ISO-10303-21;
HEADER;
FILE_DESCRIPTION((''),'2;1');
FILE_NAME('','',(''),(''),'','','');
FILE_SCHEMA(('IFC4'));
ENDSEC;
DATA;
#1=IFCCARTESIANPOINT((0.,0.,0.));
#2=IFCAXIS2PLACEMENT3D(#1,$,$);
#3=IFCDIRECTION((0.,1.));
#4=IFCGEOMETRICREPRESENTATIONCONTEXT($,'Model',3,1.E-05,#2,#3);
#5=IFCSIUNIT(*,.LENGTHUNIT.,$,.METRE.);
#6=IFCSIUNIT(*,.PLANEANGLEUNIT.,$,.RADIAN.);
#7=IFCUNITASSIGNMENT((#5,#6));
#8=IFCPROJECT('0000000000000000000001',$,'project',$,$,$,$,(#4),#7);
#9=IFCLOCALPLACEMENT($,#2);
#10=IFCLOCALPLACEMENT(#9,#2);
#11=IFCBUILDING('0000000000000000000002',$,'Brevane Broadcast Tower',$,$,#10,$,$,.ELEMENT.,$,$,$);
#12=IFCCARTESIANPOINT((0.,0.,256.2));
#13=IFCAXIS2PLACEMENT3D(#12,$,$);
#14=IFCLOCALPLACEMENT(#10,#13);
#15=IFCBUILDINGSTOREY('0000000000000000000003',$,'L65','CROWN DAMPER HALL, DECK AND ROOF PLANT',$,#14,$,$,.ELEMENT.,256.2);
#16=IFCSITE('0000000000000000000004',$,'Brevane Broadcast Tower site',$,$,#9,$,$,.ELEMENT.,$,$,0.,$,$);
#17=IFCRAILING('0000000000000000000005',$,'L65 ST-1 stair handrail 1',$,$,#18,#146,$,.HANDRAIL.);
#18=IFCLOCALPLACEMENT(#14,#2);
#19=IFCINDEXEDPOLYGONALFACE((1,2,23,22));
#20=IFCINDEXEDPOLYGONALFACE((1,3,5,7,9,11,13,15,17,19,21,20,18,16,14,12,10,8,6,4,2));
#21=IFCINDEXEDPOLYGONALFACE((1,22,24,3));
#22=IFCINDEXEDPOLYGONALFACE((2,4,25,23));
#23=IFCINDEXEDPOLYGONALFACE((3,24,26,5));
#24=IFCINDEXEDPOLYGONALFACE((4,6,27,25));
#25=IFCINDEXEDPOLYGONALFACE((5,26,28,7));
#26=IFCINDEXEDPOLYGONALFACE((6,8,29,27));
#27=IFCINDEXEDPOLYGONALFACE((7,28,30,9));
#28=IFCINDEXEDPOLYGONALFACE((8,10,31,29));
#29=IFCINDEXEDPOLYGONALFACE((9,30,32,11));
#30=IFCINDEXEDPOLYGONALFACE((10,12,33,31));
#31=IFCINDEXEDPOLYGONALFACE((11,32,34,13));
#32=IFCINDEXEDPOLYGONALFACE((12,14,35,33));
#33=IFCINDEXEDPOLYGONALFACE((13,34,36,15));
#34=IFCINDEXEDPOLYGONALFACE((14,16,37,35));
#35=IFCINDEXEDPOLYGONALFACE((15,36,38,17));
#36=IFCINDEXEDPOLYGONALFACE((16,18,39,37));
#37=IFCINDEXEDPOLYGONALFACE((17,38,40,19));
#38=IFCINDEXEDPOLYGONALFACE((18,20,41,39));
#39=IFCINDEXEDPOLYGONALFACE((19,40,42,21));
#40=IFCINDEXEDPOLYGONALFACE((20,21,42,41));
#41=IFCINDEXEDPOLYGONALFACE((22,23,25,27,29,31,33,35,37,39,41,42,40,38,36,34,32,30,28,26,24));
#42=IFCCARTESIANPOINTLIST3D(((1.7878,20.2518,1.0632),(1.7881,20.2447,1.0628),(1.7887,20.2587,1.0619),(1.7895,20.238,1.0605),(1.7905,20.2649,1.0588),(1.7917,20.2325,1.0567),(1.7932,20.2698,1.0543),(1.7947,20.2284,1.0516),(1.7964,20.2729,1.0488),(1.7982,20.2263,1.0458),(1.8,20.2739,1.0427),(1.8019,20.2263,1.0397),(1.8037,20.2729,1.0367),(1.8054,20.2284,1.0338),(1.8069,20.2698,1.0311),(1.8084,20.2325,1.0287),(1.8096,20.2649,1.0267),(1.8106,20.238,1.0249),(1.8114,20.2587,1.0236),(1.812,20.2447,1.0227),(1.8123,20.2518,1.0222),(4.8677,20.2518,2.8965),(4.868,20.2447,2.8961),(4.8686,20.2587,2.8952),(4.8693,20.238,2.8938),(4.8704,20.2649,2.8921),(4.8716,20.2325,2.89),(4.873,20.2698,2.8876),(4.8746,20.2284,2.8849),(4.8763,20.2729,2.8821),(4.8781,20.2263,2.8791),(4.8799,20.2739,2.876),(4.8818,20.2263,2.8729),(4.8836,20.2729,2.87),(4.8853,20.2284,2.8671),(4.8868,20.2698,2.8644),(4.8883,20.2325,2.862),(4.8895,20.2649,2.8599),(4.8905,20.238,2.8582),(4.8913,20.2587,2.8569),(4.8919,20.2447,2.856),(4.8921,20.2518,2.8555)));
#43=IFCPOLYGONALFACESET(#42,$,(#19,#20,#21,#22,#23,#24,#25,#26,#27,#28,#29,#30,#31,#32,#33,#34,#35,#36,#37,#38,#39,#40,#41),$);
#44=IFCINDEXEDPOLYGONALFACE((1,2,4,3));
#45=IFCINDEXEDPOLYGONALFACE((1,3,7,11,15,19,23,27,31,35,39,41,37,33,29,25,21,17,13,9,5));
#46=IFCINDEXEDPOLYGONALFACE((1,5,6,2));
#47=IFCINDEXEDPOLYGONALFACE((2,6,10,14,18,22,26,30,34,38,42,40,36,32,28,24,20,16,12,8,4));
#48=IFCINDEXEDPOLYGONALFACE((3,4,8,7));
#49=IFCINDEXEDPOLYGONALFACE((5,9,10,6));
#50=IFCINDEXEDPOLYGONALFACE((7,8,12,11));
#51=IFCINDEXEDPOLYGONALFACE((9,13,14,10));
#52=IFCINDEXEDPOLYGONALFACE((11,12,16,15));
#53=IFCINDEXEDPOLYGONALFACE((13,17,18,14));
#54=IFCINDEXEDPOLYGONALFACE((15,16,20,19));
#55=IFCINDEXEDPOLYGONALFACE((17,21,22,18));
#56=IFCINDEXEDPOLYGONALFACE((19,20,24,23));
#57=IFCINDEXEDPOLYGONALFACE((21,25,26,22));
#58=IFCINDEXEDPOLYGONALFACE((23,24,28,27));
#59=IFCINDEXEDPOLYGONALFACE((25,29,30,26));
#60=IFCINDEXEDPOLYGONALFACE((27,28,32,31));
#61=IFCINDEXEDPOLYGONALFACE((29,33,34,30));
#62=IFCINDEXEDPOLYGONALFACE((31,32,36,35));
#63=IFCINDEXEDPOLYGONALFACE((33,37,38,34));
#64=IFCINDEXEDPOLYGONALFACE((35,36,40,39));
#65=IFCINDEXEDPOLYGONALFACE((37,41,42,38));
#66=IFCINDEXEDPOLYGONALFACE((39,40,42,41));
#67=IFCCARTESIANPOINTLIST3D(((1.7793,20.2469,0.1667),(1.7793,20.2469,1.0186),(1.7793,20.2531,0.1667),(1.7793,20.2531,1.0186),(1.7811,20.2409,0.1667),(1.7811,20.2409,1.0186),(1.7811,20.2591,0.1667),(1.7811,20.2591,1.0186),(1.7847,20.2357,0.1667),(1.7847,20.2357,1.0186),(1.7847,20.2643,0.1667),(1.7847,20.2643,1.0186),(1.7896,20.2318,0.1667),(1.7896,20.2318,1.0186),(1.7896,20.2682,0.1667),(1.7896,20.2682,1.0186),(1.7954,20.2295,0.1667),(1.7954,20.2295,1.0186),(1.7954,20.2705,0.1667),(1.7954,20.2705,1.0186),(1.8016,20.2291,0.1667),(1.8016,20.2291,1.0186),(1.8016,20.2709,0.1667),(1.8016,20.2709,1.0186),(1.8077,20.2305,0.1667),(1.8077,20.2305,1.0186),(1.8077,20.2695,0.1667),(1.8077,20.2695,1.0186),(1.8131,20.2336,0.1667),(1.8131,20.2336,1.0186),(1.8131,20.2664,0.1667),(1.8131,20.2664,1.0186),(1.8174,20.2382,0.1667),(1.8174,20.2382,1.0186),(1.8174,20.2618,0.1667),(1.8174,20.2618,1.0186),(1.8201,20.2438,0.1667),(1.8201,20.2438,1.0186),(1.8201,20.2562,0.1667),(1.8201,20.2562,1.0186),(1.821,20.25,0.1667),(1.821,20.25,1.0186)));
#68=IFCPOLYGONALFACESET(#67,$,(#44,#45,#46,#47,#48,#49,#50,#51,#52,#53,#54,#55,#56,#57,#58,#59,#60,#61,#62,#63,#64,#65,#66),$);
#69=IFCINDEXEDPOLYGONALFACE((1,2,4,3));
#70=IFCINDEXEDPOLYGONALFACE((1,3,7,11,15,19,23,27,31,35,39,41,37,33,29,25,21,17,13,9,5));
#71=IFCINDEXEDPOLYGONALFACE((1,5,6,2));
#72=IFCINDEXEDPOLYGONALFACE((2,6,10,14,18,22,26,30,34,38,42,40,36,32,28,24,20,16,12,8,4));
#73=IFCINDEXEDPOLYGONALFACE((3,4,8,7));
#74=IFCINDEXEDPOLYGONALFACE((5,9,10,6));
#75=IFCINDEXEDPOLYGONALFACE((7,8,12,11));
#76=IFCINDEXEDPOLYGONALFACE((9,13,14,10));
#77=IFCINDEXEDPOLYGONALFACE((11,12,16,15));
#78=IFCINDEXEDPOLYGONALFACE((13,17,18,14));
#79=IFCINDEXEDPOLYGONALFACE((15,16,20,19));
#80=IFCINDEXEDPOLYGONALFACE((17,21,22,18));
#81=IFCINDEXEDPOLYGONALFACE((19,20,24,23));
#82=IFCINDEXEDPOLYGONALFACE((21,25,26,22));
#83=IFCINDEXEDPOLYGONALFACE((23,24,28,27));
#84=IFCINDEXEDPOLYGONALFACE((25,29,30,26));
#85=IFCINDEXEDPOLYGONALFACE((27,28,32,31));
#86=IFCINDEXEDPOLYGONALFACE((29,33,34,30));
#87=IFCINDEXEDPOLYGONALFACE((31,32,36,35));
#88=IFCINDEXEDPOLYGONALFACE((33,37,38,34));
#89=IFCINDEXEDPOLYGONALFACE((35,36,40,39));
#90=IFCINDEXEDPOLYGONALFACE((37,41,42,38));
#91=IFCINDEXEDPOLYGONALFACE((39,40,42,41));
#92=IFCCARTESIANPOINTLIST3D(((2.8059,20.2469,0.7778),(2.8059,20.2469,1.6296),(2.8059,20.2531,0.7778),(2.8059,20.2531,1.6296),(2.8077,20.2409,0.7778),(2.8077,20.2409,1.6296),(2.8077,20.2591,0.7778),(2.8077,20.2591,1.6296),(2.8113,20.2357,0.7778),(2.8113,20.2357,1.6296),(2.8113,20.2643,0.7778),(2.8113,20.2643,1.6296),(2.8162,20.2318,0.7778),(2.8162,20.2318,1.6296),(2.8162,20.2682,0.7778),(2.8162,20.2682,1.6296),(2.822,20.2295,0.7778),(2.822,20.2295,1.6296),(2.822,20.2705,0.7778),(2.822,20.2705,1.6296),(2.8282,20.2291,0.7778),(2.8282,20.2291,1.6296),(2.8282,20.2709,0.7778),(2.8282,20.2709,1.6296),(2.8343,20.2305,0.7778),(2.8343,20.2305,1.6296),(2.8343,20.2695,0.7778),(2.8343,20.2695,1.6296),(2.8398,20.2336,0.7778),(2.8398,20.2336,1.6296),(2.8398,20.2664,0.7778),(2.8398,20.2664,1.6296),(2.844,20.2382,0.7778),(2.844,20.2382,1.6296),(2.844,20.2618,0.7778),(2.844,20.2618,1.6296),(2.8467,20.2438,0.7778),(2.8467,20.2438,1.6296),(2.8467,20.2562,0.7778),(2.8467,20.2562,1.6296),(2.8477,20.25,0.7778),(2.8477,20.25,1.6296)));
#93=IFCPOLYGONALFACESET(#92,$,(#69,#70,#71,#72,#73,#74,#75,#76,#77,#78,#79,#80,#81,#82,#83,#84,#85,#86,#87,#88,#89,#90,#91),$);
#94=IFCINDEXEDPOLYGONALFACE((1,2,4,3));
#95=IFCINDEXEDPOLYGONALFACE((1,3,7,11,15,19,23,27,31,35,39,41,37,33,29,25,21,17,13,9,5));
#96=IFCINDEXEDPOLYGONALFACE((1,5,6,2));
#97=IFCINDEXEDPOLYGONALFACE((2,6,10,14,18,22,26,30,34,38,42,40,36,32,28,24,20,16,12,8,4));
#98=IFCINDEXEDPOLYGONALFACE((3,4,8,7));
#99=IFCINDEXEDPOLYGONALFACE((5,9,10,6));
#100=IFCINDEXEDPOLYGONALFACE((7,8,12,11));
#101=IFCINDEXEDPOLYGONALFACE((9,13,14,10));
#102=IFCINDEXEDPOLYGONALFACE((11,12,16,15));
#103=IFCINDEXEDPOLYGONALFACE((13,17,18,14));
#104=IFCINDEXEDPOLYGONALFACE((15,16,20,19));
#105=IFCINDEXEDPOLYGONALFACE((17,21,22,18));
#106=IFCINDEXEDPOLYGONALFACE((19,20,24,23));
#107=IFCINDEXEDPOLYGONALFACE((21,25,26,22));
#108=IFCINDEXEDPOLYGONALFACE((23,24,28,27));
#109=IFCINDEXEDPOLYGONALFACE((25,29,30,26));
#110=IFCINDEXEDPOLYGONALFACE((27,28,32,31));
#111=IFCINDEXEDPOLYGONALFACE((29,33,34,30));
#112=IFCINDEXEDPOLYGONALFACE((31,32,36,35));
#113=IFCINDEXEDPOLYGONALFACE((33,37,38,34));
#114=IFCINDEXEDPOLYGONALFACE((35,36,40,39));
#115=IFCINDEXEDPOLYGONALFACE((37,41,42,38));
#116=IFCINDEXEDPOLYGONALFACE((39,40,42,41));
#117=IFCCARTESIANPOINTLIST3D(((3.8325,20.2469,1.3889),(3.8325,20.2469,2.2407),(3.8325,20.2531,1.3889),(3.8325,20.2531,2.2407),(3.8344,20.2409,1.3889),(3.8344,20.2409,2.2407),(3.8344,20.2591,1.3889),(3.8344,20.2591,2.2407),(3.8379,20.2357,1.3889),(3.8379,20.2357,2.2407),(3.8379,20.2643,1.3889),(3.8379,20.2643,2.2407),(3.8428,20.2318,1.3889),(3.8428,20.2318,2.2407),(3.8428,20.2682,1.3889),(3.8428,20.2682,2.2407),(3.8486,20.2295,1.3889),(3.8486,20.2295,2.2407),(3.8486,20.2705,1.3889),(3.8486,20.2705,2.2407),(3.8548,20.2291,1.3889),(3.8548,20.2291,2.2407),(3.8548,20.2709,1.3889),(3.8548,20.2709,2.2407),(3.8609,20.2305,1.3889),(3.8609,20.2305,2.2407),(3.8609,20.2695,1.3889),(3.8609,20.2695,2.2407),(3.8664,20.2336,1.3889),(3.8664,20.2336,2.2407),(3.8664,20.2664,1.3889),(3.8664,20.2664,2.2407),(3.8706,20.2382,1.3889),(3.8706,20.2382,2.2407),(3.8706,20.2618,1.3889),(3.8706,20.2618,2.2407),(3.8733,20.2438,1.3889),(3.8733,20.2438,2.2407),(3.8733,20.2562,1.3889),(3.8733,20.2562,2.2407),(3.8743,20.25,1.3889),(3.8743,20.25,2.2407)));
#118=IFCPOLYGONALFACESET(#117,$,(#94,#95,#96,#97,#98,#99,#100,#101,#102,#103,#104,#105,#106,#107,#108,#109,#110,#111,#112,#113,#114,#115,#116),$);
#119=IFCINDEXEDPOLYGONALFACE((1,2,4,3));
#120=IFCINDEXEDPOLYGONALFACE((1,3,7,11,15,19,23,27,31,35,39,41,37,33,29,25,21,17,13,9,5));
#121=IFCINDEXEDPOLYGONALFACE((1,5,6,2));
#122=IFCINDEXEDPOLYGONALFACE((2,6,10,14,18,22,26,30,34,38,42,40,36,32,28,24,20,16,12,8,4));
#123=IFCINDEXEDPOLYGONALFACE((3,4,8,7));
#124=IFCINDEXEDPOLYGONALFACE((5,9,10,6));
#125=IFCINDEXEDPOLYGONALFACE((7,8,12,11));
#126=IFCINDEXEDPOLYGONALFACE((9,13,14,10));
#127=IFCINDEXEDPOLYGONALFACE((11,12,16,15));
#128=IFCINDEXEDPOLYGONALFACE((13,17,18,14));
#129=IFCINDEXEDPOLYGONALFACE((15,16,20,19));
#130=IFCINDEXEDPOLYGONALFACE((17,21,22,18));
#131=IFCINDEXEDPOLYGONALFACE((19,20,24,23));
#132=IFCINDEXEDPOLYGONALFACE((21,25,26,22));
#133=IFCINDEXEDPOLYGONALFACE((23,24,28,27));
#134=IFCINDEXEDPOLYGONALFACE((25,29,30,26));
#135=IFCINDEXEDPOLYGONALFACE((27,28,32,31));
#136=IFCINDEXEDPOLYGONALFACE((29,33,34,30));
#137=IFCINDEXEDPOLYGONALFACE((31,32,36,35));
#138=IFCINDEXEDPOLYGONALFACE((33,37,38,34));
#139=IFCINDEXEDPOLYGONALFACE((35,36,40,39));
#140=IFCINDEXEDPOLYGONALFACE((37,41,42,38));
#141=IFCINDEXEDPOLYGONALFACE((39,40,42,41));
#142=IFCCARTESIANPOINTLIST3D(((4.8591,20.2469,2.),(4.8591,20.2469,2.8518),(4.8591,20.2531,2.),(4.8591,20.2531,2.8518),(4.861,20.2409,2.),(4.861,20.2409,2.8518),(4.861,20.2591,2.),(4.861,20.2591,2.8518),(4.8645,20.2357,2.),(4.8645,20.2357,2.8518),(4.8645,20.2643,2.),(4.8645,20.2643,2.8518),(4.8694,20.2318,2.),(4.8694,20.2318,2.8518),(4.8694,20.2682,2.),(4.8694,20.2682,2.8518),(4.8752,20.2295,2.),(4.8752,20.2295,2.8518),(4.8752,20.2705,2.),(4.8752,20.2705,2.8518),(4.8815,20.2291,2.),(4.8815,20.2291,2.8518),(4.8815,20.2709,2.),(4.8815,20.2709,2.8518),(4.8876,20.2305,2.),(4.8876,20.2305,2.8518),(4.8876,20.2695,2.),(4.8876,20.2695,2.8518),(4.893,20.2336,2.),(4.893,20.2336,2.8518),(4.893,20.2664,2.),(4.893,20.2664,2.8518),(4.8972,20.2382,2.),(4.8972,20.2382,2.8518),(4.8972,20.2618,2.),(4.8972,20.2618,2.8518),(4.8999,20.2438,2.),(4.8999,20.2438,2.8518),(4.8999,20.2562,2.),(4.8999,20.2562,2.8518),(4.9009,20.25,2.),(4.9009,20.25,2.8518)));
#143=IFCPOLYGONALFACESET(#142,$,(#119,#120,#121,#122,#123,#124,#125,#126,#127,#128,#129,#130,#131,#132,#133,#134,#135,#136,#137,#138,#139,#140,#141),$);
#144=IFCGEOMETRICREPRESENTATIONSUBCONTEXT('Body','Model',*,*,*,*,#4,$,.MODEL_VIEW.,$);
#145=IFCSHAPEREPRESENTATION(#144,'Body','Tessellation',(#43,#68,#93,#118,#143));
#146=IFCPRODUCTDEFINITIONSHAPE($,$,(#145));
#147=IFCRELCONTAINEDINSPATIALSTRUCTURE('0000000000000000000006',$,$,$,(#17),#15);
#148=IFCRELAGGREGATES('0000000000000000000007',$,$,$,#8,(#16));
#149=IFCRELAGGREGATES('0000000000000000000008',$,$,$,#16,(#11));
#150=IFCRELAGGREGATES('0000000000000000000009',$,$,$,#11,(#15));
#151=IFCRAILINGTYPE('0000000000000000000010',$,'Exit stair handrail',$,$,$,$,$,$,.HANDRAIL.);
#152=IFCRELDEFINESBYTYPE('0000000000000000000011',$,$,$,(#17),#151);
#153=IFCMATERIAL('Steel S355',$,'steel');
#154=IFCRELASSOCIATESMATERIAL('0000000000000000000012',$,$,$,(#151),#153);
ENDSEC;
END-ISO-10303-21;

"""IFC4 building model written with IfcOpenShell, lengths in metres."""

from ifc_helpers import new_model, si_unit, direction, frame, origin, origin_2d, place, context, subcontext, project, spatial, circle, extrude, material, type_object, element, save


model = new_model("IFC4")

# Units and contexts
model_context = context("Model", 3, precision=1e-05, world=origin(), true_north=direction((0.0, 1.0)))
body_context = subcontext(model_context, "Body", "Model", "MODEL_VIEW")
ifc_project = project(units=[si_unit("LENGTHUNIT", "METRE"), si_unit("PLANEANGLEUNIT", "RADIAN")], contexts=[model_context])

# Site, building, storey
site_placement = place(None, origin())
site = spatial("IfcSite", under=ifc_project, at=site_placement, Name="Brevane Broadcast Tower site", CompositionType="ELEMENT", RefElevation=0.0)
building_placement = place(site_placement, origin())
building = spatial("IfcBuilding", under=site, at=building_placement, Name="Brevane Broadcast Tower", CompositionType="ELEMENT")
storey_placement = place(building_placement, frame((0.0, 0.0, 256.2)))
storey = spatial("IfcBuildingStorey", under=building, at=storey_placement, Name="L65", Description="CROWN DAMPER HALL, DECK AND ROOF PLANT", CompositionType="ELEMENT", Elevation=256.2)

# Railing
ifc_material_1 = material(Name="Steel S355", Category="steel")
railing_type_1 = type_object("IfcRailingType", Name="Exit stair handrail", PredefinedType="HANDRAIL", material=ifc_material_1)
for number, where, name in (
    (1, (1.8, 20.25, 0.1667), "L65 ST-1 stair handrail 1"),
):
    element("IfcRailing", number, at=place(storey_placement, frame(where)), inside=storey, type_object=railing_type_1, Name=name, PredefinedType="HANDRAIL", context=body_context, shape_type="SweptSolid", body=[
        extrude(circle(Radius=0.0239, at=origin_2d()), frame((0.0, 0.0, 0.876), z_axis=(0.859291, 0.0, 0.511487), x_axis=(0.0, 1.0, 0.0)), (0.0, 0.0, 1.0), 3.5842),
        extrude(circle(Radius=0.021, at=origin_2d()), origin(), (0.0, 0.0, 1.0), 0.8518),
        extrude(circle(Radius=0.021, at=origin_2d()), frame((1.0266, 0.0, 0.6111)), (0.0, 0.0, 1.0), 0.8518),
        extrude(circle(Radius=0.021, at=origin_2d()), frame((2.0532, 0.0, 1.2222)), (0.0, 0.0, 1.0), 0.8518),
        extrude(circle(Radius=0.021, at=origin_2d()), frame((3.0798, 0.0, 1.8333)), (0.0, 0.0, 1.0), 0.8518),
    ])

save(model, "model.ifc")
